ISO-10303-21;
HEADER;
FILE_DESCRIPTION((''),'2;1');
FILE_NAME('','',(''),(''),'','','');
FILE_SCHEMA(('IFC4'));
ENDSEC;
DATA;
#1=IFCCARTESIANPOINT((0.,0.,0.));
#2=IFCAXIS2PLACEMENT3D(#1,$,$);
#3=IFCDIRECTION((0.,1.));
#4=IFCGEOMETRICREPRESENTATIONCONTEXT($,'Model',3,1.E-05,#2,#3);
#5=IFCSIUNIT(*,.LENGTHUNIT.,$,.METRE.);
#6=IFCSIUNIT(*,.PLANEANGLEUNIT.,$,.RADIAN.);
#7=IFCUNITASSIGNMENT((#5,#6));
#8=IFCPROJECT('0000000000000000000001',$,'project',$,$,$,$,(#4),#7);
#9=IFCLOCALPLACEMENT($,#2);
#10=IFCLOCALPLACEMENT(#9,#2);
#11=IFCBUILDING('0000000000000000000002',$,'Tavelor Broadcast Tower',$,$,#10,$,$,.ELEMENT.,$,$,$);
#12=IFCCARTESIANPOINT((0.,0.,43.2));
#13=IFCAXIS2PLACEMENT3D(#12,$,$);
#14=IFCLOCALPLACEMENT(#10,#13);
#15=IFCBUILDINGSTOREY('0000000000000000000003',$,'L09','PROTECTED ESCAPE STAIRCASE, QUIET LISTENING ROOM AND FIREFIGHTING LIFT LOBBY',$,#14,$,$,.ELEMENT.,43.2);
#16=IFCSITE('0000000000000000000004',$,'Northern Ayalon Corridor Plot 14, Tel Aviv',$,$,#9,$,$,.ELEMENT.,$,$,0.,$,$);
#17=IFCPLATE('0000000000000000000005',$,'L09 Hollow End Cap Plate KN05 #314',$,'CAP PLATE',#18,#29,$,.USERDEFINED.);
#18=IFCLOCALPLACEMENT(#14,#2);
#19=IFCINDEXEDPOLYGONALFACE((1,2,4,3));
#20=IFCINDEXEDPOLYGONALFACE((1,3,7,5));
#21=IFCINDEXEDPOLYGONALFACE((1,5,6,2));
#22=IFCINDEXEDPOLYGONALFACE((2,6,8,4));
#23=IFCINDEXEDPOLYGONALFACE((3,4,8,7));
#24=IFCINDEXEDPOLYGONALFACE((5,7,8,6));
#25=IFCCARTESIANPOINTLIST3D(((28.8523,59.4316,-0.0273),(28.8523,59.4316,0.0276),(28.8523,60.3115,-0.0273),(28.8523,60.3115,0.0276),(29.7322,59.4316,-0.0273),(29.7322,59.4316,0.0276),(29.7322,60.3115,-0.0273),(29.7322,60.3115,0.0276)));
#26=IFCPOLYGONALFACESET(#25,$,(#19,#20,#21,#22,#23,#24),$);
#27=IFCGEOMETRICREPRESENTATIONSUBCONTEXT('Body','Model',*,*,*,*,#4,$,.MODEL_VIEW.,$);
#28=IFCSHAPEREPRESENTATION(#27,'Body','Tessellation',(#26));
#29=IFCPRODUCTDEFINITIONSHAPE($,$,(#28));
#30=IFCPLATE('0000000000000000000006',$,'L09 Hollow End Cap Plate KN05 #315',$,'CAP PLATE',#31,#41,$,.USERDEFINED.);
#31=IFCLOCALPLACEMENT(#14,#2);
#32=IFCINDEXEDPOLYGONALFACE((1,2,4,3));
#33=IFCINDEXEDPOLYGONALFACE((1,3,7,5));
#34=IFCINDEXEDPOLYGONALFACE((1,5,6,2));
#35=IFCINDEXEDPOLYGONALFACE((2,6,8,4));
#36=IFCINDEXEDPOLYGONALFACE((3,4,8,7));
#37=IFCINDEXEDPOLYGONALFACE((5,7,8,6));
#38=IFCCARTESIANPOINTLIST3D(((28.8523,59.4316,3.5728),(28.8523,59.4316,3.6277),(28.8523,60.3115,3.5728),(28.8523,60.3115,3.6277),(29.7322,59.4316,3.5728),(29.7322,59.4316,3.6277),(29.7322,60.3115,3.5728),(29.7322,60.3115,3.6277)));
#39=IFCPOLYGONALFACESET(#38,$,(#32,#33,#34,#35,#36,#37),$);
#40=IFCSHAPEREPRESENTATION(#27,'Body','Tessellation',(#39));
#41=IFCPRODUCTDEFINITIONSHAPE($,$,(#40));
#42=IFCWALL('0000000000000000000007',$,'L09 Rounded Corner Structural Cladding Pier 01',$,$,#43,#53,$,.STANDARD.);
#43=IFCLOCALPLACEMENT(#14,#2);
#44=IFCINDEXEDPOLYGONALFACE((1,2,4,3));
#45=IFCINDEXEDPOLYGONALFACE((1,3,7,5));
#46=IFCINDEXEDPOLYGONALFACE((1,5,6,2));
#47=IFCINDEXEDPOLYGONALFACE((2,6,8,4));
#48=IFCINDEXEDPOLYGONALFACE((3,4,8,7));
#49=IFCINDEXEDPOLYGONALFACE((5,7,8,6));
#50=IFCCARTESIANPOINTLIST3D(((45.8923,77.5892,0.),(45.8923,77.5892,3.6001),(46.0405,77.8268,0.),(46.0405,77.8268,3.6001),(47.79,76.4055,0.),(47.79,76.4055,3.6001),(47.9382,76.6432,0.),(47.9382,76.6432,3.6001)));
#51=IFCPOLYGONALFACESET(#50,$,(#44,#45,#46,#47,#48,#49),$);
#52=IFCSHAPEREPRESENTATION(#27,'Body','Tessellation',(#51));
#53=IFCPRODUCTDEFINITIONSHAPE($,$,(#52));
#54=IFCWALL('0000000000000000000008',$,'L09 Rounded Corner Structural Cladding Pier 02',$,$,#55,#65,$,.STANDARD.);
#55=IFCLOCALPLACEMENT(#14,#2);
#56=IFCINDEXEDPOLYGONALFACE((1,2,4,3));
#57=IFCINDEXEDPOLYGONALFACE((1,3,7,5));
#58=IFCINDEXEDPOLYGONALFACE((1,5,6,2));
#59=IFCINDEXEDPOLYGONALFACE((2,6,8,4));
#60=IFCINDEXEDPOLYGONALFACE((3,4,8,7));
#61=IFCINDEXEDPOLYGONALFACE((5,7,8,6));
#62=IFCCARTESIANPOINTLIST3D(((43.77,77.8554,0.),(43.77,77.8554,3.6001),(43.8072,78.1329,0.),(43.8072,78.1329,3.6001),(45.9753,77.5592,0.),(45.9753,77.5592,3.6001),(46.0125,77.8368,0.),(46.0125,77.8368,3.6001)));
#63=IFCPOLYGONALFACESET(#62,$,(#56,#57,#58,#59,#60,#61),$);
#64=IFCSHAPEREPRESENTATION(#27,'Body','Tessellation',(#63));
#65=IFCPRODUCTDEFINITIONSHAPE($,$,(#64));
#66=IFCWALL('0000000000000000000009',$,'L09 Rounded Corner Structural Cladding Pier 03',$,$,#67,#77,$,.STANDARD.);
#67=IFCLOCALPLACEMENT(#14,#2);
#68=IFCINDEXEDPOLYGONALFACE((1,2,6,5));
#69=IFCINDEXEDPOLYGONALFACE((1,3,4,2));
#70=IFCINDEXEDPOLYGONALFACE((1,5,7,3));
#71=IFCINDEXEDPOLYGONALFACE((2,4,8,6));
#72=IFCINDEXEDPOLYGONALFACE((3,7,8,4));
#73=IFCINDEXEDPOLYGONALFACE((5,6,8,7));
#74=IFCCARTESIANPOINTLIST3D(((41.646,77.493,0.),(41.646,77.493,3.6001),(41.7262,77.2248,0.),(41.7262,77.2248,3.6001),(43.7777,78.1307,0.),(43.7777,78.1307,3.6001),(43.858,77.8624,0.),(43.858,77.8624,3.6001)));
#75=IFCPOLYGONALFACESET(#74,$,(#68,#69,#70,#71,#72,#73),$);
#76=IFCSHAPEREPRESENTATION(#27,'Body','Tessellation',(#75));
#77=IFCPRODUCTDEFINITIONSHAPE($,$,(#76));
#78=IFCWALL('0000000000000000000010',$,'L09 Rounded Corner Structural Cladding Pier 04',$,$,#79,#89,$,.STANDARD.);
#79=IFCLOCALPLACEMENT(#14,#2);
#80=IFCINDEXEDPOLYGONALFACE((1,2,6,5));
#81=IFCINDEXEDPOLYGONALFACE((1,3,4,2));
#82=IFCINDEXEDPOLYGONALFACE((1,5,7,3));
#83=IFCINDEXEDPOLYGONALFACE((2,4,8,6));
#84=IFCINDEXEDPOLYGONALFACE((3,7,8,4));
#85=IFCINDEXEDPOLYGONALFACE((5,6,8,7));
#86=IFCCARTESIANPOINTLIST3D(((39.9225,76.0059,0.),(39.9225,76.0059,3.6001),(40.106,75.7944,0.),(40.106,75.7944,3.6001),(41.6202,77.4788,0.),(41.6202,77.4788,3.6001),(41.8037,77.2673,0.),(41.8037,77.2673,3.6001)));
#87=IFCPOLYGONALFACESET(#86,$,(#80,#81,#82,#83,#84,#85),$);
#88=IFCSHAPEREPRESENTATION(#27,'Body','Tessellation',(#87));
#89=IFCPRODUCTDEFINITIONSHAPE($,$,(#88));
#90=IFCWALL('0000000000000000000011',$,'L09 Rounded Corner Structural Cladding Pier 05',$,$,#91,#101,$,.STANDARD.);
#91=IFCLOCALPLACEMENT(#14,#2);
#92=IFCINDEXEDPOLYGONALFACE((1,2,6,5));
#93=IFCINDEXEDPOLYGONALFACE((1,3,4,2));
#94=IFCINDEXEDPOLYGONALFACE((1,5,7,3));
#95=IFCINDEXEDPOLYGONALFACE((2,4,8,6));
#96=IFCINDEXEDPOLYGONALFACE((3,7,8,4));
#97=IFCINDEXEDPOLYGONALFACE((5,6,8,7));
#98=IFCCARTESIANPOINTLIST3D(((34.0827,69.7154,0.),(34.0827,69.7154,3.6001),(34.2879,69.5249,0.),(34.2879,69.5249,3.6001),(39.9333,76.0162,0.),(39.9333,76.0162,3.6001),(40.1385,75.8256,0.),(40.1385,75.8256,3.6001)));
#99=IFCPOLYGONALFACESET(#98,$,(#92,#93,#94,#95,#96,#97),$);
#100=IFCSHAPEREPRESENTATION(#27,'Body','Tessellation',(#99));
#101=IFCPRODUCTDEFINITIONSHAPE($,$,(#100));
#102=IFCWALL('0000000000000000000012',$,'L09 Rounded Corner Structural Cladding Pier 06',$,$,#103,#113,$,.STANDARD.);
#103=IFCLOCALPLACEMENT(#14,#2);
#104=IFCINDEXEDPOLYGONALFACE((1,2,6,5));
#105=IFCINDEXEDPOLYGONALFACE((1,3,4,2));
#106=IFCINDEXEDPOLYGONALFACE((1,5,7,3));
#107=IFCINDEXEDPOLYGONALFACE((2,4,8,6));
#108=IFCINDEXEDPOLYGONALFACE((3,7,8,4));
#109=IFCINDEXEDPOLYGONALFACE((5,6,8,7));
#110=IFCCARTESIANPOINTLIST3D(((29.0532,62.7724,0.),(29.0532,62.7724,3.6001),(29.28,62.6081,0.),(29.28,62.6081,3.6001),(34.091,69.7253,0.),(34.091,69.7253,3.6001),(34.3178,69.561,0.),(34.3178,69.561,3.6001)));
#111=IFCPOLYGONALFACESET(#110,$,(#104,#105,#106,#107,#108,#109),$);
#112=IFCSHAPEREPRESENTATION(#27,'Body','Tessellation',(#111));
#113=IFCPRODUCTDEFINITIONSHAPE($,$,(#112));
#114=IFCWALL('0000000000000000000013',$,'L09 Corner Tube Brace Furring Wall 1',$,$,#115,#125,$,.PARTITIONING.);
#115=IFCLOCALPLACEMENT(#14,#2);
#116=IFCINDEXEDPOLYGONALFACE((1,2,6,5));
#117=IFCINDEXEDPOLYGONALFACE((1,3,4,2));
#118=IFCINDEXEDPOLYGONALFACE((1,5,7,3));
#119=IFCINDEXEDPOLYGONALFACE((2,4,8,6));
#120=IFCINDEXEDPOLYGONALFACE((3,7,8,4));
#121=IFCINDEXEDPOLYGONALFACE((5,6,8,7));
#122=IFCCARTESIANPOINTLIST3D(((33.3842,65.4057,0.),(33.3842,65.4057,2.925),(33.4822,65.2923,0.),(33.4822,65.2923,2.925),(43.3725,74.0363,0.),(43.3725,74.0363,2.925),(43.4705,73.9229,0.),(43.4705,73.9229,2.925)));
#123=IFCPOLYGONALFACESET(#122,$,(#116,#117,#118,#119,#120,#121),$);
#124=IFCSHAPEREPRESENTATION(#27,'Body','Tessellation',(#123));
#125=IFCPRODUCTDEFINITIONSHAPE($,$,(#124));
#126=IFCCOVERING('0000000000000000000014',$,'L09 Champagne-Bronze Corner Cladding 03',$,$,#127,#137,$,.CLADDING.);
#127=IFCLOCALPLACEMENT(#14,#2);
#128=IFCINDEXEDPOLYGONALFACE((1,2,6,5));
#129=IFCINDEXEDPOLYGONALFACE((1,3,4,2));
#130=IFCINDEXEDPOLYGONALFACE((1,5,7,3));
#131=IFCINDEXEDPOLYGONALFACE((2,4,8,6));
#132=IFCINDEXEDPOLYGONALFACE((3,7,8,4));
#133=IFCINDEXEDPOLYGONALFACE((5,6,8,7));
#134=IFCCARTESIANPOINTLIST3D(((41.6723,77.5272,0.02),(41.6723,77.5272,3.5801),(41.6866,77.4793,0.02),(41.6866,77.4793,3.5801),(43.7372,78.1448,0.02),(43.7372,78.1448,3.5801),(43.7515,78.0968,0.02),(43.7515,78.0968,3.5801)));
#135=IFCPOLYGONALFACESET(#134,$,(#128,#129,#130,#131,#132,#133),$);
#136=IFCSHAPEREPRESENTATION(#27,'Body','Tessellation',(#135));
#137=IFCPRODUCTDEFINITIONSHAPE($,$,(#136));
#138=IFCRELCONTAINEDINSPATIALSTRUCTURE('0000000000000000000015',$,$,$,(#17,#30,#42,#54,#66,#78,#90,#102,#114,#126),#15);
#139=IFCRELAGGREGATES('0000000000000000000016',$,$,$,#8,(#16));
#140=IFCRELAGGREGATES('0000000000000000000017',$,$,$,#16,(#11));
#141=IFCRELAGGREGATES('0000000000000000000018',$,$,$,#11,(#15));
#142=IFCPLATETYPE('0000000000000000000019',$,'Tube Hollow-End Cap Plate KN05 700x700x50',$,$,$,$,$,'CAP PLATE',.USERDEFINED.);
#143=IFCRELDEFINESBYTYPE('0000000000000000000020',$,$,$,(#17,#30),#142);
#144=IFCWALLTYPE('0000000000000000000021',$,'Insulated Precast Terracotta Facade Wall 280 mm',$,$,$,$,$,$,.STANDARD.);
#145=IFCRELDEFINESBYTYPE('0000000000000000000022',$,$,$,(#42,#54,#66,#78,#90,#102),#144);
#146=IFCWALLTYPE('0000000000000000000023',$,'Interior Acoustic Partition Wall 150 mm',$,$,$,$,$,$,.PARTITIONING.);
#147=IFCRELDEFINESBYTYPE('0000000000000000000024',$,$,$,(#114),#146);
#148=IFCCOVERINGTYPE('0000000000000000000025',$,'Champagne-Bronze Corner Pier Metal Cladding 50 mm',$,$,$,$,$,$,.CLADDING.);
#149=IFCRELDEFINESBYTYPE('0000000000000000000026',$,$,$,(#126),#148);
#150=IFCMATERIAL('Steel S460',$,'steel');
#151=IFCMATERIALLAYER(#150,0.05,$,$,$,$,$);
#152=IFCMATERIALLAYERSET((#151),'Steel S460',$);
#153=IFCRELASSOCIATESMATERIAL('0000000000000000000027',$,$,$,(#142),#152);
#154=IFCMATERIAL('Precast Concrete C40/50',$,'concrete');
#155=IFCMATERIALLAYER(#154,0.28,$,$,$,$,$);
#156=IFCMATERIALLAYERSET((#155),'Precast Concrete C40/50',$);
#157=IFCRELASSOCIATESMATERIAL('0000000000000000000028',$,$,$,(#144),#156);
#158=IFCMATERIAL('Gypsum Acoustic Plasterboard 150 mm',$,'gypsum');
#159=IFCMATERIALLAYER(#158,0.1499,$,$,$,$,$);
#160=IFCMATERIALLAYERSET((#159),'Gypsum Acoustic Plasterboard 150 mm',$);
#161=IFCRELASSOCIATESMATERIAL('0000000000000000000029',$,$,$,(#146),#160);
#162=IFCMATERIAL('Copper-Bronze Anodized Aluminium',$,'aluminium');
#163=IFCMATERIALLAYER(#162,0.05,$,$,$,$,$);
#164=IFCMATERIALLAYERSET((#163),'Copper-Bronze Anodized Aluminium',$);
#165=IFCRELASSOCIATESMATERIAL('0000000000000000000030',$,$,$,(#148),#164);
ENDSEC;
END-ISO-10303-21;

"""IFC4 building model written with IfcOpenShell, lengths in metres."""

from ifc_helpers import new_model, si_unit, direction, frame, frame_2d, origin, origin_2d, place, context, subcontext, project, spatial, rectangle, extrude, source, transform, mapped, material, layer, layer_set, type_object, element, save


model = new_model("IFC4")

# Units and contexts
model_context = context("Model", 3, precision=1e-05, world=origin(), true_north=direction((0.0, 1.0)))
body_context = subcontext(model_context, "Body", "Model", "MODEL_VIEW")
ifc_project = project(units=[si_unit("LENGTHUNIT", "METRE"), si_unit("PLANEANGLEUNIT", "RADIAN")], contexts=[model_context])

# Site, building, storey
site_placement = place(None, origin())
site = spatial("IfcSite", under=ifc_project, at=site_placement, Name="Northern Ayalon Corridor Plot 14, Tel Aviv", CompositionType="ELEMENT", RefElevation=0.0)
building_placement = place(site_placement, origin())
building = spatial("IfcBuilding", under=site, at=building_placement, Name="Tavelor Broadcast Tower", CompositionType="ELEMENT")
storey_placement = place(building_placement, frame((0.0, 0.0, 43.2)))
storey = spatial("IfcBuildingStorey", under=building, at=storey_placement, Name="L09", Description="PROTECTED ESCAPE STAIRCASE, QUIET LISTENING ROOM AND FIREFIGHTING LIFT LOBBY", CompositionType="ELEMENT", Elevation=43.2)

# Shared definitions
ifc_material_1 = material(Name="Steel S460", Category="steel")

# Plates
ifc_layer_1 = layer(ifc_material_1, 0.05)
ifc_layer_set_1 = layer_set([ifc_layer_1], Name="Steel S460")
plate_type = type_object("IfcPlateType", Name="Tube Hollow-End Cap Plate KN05 700x700x50", ElementType="CAP PLATE", PredefinedType="USERDEFINED", material=ifc_layer_set_1)
shared_shape_1 = source(origin(), body_context, "Body", "SweptSolid", [
    extrude(rectangle(XDim=0.8799, YDim=0.8799, at=origin_2d()), origin(), (0.0, 0.0, 1.0), 0.0549),
])
for number, where, z_axis, x_axis, name in (
    (1, (29.2922, 59.8716, -0.0273), (0.0, 0.0, 1.0), (1.0, 0.0, 0.0), "L09 Hollow End Cap Plate KN05 #314"),
    (2, (29.2922, 59.8716, 3.5728), (0.0, 0.0, 1.0), (1.0, 0.0, 0.0), "L09 Hollow End Cap Plate KN05 #315"),
):
    element("IfcPlate", number, at=place(storey_placement, frame(where, z_axis=z_axis, x_axis=x_axis)), inside=storey, type_object=plate_type, Name=name, ObjectType="CAP PLATE", PredefinedType="USERDEFINED", context=body_context, shape_type="MappedRepresentation", body=[
        mapped(shared_shape_1, transform((0.0, 0.0, 0.0), scale=1.0)),
    ])

# Walls
ifc_material_2 = material(Name="Precast Concrete C40/50", Category="concrete")
ifc_layer_2 = layer(ifc_material_2, 0.28)
ifc_layer_set_2 = layer_set([ifc_layer_2], Name="Precast Concrete C40/50")
wall_type_1 = type_object("IfcWallType", Name="Insulated Precast Terracotta Facade Wall 280 mm", PredefinedType="STANDARD", material=ifc_layer_set_2)
wall_1_placement = place(storey_placement, frame((47.864, 76.5244, 0.0), z_axis=(0.0, 0.0, 1.0), x_axis=(-0.848495, 0.529204, 0.0)))
element("IfcWall", 3, at=wall_1_placement, inside=storey, type_object=wall_type_1, Name="L09 Rounded Corner Structural Cladding Pier 01", PredefinedType="STANDARD", context=body_context, shape_type="SweptSolid", body=[
    extrude(rectangle(XDim=2.2366, YDim=0.28, at=frame_2d((1.1182, 0.0))), origin(), (0.0, 0.0, 1.0), 3.6001),
])
for number, where, z_axis, x_axis, name in (
    (4, (45.9939, 77.698, 0.0), (0.0, 0.0, 1.0), (-0.991104, 0.133091, 0.0), "L09 Rounded Corner Structural Cladding Pier 02"),
    (5, (43.8179, 77.9966, 0.0), (0.0, 0.0, 1.0), (-0.958055, -0.286583, 0.0), "L09 Rounded Corner Structural Cladding Pier 03"),
):
    element("IfcWall", number, at=place(storey_placement, frame(where, z_axis=z_axis, x_axis=x_axis)), inside=storey, type_object=wall_type_1, Name=name, PredefinedType="STANDARD", context=body_context, shape_type="SweptSolid", body=[
        extrude(rectangle(XDim=2.2251, YDim=0.28, at=frame_2d((1.1125, 0.0))), origin(), (0.0, 0.0, 1.0), 3.6001),
    ])
wall_2_placement = place(storey_placement, frame((41.7119, 77.373, 0.0), z_axis=(0.0, 0.0, 1.0), x_axis=(-0.755356, -0.655315, 0.0)))
element("IfcWall", 6, at=wall_2_placement, inside=storey, type_object=wall_type_1, Name="L09 Rounded Corner Structural Cladding Pier 04", PredefinedType="STANDARD", context=body_context, shape_type="SweptSolid", body=[
    extrude(rectangle(XDim=2.2476, YDim=0.28, at=frame_2d((1.1238, 0.0))), origin(), (0.0, 0.0, 1.0), 3.6001),
])
wall_3_placement = place(storey_placement, frame((40.0359, 75.9209, 0.0), z_axis=(0.0, 0.0, 1.0), x_axis=(-0.680442, -0.732802, 0.0)))
element("IfcWall", 7, at=wall_3_placement, inside=storey, type_object=wall_type_1, Name="L09 Rounded Corner Structural Cladding Pier 05", PredefinedType="STANDARD", context=body_context, shape_type="SweptSolid", body=[
    extrude(rectangle(XDim=8.5981, YDim=0.28, at=frame_2d((4.2991, 0.0))), origin(), (0.0, 0.0, 1.0), 3.6001),
])
wall_4_placement = place(storey_placement, frame((34.2043, 69.6431, 0.0), z_axis=(0.0, 0.0, 1.0), x_axis=(-0.586739, -0.809776, 0.0)))
element("IfcWall", 8, at=wall_4_placement, inside=storey, type_object=wall_type_1, Name="L09 Rounded Corner Structural Cladding Pier 06", PredefinedType="STANDARD", context=body_context, shape_type="SweptSolid", body=[
    extrude(rectangle(XDim=8.5862, YDim=0.28, at=frame_2d((4.293, 0.0))), origin(), (0.0, 0.0, 1.0), 3.6001),
])
ifc_material_3 = material(Name="Gypsum Acoustic Plasterboard 150 mm", Category="gypsum")
ifc_layer_3 = layer(ifc_material_3, 0.1499)
ifc_layer_set_3 = layer_set([ifc_layer_3], Name="Gypsum Acoustic Plasterboard 150 mm")
wall_type_2 = type_object("IfcWallType", Name="Interior Acoustic Partition Wall 150 mm", PredefinedType="PARTITIONING", material=ifc_layer_set_3)
wall_5_placement = place(storey_placement, frame((43.4214, 73.9795, 0.0), z_axis=(0.0, 0.0, 1.0), x_axis=(-0.756659, -0.65381, 0.0)))
element("IfcWall", 9, at=wall_5_placement, inside=storey, type_object=wall_type_2, Name="L09 Corner Tube Brace Furring Wall 1", PredefinedType="PARTITIONING", context=body_context, shape_type="SweptSolid", body=[
    extrude(rectangle(XDim=13.2004, YDim=0.1499, at=frame_2d((6.6001, 0.0))), origin(), (0.0, 0.0, 1.0), 2.925),
])

# Covering
ifc_material_4 = material(Name="Copper-Bronze Anodized Aluminium", Category="aluminium")
ifc_layer_4 = layer(ifc_material_4, 0.05)
ifc_layer_set_4 = layer_set([ifc_layer_4], Name="Copper-Bronze Anodized Aluminium")
covering_type = type_object("IfcCoveringType", Name="Champagne-Bronze Corner Pier Metal Cladding 50 mm", PredefinedType="CLADDING", material=ifc_layer_set_4)
covering_placement = place(storey_placement, frame((42.7119, 77.812, 0.02), z_axis=(0.0, 0.0, 1.0), x_axis=(-0.958073, -0.286525, 0.0)))
element("IfcCovering", 10, at=covering_placement, inside=storey, type_object=covering_type, Name="L09 Champagne-Bronze Corner Cladding 03", PredefinedType="CLADDING", context=body_context, shape_type="SweptSolid", body=[
    extrude(rectangle(XDim=2.1553, YDim=0.05, at=origin_2d()), origin(), (0.0, 0.0, 1.0), 3.5601),
])

save(model, "model.ifc")
